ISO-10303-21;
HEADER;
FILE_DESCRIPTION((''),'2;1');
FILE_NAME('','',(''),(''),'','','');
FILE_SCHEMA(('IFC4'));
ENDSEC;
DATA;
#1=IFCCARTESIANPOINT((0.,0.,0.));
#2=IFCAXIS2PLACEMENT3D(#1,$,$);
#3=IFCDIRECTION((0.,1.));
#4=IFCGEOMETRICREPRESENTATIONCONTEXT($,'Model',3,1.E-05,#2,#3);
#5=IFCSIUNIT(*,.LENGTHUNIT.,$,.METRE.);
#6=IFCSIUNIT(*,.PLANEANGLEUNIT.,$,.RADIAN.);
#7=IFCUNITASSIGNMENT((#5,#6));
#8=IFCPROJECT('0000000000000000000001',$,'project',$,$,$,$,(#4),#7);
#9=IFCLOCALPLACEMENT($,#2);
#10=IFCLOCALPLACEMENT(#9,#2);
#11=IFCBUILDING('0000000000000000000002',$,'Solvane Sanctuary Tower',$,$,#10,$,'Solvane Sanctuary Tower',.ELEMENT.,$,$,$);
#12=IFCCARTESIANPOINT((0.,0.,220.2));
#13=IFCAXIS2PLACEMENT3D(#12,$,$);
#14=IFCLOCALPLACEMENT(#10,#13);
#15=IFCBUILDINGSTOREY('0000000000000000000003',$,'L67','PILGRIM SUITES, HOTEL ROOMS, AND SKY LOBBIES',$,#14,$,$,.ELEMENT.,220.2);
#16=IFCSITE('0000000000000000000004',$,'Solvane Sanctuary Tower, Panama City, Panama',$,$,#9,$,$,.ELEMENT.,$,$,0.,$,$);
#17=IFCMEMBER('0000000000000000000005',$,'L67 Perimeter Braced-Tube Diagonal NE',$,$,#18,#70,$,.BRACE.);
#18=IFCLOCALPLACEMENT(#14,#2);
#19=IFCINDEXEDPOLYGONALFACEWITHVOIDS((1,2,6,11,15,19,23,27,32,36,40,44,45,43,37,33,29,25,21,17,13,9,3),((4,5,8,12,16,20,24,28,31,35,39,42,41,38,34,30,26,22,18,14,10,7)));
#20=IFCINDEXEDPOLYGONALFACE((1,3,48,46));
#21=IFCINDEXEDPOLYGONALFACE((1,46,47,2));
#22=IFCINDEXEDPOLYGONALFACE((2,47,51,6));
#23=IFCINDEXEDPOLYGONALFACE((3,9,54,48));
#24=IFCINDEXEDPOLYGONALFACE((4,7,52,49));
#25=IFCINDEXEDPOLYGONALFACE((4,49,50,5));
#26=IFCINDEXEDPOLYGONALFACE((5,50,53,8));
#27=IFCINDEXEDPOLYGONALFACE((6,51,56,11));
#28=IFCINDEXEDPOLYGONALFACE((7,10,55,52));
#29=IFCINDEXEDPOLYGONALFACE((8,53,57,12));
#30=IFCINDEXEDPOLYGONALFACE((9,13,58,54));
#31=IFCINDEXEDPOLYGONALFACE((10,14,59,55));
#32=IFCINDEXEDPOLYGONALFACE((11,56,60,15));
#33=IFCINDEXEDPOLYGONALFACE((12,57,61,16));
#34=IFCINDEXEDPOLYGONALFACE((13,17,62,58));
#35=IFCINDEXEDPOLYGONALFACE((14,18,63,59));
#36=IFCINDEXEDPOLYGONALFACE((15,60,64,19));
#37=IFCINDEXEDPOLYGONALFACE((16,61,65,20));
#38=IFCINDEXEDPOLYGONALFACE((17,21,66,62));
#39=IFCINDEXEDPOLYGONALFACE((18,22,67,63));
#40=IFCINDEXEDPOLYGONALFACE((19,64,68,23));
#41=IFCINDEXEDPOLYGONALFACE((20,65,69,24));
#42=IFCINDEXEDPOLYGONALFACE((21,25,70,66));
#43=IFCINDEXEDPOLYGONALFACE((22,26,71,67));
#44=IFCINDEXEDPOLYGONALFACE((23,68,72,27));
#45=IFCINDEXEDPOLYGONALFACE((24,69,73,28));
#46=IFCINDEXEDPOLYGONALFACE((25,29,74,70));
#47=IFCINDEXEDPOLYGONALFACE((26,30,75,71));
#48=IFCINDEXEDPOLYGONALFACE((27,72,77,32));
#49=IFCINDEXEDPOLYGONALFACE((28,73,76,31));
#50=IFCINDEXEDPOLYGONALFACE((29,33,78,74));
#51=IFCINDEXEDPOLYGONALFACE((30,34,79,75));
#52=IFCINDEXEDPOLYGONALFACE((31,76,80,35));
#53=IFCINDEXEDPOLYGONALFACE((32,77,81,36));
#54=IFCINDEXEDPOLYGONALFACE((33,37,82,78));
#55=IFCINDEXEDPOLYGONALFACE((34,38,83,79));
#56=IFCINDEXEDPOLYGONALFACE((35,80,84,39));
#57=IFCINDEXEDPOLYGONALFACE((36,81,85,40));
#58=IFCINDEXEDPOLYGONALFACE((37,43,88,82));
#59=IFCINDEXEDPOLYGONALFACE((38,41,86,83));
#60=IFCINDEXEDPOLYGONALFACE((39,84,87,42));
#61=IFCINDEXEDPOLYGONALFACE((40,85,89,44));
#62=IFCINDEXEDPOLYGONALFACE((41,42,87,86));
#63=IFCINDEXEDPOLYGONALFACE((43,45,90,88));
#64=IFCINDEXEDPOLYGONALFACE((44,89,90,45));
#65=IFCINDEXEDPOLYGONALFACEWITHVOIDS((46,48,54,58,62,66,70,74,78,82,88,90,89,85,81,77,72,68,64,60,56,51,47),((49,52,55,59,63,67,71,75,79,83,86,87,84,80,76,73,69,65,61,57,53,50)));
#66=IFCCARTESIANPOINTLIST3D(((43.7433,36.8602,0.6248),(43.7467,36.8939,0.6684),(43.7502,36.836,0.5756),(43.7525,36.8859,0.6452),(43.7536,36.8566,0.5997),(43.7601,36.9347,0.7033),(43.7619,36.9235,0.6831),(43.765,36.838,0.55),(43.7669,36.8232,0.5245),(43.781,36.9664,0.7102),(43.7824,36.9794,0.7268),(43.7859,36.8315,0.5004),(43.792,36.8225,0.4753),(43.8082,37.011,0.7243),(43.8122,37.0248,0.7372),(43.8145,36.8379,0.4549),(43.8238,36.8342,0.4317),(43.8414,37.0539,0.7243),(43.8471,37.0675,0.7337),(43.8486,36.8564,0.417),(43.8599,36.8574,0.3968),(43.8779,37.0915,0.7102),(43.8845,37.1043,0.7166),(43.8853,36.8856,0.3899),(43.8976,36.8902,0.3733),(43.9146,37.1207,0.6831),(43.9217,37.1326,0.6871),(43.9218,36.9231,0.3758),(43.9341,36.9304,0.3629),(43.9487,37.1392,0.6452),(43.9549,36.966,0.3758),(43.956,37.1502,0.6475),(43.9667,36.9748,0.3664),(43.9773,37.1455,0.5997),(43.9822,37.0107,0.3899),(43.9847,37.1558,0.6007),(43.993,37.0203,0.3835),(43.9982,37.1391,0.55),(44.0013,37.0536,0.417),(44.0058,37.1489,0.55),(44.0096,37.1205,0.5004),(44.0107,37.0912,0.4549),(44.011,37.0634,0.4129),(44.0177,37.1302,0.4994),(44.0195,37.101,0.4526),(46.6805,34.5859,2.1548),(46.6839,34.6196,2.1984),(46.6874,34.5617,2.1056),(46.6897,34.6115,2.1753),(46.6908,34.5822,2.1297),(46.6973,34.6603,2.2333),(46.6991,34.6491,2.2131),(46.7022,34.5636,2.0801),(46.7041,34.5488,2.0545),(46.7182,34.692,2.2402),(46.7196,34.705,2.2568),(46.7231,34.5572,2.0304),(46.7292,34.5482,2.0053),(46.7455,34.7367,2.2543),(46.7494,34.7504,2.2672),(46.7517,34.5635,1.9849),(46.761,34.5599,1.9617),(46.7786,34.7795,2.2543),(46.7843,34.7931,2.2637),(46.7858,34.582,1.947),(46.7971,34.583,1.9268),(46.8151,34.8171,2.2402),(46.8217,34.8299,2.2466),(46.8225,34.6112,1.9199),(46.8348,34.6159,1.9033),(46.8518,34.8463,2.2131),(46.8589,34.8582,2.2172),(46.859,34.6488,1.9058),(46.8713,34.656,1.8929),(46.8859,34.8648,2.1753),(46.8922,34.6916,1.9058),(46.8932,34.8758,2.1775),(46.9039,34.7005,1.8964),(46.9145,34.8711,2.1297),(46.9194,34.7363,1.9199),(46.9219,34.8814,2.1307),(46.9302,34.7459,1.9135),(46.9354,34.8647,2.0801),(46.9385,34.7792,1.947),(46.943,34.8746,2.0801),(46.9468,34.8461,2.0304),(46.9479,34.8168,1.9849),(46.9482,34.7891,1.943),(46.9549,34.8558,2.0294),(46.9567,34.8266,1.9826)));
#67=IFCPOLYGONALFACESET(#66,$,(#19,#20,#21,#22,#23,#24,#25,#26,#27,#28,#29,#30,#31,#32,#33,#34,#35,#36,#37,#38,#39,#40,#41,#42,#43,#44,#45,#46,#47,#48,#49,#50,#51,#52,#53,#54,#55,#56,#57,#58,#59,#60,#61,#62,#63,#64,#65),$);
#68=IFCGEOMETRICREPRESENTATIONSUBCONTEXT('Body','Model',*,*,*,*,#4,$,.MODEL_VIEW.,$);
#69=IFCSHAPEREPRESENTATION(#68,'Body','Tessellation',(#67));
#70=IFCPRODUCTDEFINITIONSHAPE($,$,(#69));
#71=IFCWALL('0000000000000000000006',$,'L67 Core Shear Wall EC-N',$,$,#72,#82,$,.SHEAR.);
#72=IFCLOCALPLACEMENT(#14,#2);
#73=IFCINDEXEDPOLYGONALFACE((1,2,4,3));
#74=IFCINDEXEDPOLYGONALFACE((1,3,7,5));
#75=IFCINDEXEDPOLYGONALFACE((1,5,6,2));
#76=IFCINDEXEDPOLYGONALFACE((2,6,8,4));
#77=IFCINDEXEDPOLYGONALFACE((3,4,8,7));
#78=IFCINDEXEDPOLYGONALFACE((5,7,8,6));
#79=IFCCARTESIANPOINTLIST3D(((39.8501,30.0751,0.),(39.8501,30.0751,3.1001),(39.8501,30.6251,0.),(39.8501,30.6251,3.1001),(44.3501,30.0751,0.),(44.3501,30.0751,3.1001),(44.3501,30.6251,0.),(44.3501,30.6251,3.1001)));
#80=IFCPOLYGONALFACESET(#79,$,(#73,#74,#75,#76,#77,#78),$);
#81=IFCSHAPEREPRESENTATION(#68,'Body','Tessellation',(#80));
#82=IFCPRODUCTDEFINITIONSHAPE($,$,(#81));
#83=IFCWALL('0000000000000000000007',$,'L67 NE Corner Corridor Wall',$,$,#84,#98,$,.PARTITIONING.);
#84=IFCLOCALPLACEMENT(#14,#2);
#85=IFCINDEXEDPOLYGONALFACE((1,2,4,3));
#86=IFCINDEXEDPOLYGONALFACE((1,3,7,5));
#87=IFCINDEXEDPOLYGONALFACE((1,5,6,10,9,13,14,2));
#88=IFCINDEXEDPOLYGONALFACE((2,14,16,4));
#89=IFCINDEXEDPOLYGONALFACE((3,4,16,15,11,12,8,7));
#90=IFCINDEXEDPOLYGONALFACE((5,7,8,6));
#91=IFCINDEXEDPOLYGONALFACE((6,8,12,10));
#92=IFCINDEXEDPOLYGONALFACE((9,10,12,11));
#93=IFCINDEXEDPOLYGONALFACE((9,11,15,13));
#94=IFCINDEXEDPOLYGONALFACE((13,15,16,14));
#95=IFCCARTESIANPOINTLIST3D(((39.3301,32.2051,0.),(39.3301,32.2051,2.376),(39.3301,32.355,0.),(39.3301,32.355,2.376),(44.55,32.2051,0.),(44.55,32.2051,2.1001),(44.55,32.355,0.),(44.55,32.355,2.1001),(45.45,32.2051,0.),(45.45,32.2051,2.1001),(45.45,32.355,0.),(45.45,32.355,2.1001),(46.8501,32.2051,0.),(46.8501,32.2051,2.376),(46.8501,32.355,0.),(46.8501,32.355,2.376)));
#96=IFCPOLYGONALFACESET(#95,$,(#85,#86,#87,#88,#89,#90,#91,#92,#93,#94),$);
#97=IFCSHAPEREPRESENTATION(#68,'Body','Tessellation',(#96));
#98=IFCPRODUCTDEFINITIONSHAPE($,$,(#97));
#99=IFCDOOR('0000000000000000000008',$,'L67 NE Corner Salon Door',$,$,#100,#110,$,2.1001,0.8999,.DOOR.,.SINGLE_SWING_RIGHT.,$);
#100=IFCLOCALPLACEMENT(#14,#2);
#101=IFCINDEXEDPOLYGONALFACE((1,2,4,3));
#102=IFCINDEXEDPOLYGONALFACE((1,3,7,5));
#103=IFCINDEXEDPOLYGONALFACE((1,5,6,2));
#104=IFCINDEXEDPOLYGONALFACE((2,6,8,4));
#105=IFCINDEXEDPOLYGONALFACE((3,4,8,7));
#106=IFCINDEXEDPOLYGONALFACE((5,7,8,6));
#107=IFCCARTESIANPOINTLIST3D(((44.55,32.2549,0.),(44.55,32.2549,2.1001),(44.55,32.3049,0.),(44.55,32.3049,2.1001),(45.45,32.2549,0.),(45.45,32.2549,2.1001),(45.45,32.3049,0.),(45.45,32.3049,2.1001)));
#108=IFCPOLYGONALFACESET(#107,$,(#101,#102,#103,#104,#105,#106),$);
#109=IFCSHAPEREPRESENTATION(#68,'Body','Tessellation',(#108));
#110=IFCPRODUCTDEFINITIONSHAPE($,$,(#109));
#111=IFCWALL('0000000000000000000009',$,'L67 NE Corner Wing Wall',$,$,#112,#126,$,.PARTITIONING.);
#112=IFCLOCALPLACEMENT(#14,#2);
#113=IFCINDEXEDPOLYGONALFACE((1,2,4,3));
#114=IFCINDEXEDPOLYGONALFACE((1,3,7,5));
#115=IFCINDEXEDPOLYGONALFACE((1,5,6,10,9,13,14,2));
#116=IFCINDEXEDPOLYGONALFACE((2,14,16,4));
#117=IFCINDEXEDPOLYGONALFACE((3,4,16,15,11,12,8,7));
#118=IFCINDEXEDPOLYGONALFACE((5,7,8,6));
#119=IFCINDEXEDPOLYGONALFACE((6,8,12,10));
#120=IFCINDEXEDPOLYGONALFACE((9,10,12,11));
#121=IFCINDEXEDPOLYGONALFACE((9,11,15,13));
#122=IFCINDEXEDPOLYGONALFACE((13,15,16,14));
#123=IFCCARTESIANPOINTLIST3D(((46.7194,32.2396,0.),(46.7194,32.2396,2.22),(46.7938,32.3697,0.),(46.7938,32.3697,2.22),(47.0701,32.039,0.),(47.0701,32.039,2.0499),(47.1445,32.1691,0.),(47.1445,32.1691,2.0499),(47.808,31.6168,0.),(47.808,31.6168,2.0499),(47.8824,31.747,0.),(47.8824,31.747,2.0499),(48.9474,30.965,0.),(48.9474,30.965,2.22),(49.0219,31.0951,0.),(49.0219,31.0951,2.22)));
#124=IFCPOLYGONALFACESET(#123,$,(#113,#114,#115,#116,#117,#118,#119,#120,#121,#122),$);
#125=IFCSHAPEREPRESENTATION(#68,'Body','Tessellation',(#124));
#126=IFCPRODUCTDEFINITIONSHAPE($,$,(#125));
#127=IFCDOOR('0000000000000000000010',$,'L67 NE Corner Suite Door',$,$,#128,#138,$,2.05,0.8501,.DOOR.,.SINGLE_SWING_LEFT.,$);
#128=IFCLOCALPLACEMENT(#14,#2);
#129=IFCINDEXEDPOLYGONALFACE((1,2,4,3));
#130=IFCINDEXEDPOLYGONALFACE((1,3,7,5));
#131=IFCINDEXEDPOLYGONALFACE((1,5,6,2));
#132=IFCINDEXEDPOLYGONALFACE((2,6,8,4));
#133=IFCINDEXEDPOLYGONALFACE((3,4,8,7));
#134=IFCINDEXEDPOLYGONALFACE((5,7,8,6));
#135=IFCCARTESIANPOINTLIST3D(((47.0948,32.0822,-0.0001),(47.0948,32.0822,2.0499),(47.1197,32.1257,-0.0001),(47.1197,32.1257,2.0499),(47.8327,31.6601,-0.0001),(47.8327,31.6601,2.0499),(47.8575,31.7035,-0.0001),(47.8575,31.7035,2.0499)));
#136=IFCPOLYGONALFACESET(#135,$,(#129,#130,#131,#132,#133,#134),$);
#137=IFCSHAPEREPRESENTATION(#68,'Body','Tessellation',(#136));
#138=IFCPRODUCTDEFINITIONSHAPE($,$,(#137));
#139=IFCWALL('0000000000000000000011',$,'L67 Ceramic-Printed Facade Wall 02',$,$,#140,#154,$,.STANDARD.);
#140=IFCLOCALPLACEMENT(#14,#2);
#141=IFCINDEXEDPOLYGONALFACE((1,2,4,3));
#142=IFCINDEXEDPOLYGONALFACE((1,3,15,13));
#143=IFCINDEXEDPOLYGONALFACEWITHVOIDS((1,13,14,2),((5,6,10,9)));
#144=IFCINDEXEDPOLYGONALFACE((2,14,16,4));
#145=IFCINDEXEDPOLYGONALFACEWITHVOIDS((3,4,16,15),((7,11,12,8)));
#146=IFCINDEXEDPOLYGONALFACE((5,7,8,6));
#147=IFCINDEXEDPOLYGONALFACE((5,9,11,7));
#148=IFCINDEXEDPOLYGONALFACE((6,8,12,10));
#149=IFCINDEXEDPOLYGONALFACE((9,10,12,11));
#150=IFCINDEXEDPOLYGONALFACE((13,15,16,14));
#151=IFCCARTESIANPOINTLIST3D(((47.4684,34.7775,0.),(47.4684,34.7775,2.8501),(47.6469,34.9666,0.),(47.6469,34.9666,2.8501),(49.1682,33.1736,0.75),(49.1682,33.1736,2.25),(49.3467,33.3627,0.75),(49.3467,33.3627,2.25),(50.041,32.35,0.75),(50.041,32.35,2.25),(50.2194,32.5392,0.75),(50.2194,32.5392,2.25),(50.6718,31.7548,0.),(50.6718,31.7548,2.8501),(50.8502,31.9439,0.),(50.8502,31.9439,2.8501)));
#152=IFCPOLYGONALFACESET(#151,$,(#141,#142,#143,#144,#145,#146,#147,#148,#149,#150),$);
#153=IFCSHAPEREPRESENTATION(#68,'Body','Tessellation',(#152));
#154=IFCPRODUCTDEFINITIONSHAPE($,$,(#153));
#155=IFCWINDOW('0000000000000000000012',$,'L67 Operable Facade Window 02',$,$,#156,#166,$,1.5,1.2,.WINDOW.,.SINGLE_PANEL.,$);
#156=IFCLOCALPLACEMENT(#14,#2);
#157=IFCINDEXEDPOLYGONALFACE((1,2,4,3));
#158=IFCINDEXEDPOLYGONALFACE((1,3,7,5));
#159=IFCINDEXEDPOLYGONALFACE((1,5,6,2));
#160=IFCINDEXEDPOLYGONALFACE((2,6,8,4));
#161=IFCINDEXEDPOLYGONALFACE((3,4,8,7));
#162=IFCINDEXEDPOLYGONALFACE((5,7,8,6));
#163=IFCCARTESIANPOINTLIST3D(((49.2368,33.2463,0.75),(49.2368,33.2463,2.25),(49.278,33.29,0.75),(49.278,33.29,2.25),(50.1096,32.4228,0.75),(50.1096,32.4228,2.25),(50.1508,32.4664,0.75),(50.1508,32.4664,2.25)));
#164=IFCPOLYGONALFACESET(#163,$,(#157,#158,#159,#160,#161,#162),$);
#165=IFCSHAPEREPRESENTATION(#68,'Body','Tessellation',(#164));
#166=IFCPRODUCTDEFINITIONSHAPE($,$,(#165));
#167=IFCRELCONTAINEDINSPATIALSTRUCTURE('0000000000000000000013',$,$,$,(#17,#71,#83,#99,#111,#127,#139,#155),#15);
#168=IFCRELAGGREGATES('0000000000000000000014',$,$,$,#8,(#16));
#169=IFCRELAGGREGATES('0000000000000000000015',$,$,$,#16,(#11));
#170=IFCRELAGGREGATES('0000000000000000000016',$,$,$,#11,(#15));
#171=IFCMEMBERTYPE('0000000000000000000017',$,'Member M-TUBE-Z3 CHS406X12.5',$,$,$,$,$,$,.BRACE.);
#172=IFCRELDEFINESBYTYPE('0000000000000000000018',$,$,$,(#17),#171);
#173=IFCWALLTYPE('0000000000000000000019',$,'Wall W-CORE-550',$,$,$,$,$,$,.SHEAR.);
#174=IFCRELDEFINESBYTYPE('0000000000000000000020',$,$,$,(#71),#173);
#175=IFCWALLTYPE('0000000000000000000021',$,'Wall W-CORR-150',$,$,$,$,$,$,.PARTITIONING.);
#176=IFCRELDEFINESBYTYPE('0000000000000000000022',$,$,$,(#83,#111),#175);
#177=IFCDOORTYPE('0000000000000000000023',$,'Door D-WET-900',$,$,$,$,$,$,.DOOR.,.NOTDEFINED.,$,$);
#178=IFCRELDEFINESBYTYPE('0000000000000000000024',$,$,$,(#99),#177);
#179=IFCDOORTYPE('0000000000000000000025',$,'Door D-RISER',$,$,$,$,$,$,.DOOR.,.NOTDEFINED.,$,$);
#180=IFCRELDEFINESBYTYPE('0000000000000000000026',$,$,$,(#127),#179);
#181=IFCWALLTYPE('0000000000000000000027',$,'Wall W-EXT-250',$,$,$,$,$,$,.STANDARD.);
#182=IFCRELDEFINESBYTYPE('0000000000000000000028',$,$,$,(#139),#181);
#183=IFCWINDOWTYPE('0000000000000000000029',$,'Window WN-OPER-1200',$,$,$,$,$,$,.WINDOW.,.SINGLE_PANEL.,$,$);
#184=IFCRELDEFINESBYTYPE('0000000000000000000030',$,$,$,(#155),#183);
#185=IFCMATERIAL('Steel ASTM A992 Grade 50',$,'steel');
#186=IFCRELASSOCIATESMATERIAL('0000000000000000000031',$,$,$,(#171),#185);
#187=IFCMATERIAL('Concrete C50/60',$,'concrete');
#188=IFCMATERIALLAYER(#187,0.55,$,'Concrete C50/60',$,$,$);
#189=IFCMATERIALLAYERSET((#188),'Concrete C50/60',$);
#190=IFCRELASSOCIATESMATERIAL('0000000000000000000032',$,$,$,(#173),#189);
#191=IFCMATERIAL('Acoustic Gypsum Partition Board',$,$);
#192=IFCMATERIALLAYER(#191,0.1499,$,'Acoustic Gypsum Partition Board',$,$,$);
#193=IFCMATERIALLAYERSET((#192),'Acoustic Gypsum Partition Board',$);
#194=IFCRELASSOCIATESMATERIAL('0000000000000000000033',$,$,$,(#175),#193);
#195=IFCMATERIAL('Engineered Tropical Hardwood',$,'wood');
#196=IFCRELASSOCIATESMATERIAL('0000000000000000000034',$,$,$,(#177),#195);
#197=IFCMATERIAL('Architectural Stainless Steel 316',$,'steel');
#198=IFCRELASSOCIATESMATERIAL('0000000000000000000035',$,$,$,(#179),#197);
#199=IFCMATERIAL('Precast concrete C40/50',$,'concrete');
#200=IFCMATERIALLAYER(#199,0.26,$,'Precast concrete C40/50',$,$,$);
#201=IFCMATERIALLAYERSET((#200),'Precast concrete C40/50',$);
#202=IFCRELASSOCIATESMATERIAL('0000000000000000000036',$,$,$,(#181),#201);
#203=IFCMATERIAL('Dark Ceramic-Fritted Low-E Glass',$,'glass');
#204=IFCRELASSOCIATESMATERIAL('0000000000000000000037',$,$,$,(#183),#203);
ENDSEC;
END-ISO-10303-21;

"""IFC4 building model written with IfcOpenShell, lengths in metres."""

from ifc_helpers import new_model, si_unit, direction, frame, frame_2d, origin, origin_2d, place, context, subcontext, project, spatial, rectangle, hollow_circle, extrude, material, layer, layer_set, material_profile, profile_set, type_object, element, fill, save


model = new_model("IFC4")

# Units and contexts
model_context = context("Model", 3, precision=1e-05, world=origin(), true_north=direction((0.0, 1.0)))
body_context = subcontext(model_context, "Body", "Model", "MODEL_VIEW")
ifc_project = project(units=[si_unit("LENGTHUNIT", "METRE"), si_unit("PLANEANGLEUNIT", "RADIAN")], contexts=[model_context])

# Site, building, storey
site_placement = place(None, origin())
site = spatial("IfcSite", under=ifc_project, at=site_placement, Name="Solvane Sanctuary Tower, Panama City, Panama", CompositionType="ELEMENT", RefElevation=0.0)
building_placement = place(site_placement, origin())
building = spatial("IfcBuilding", under=site, at=building_placement, Name="Solvane Sanctuary Tower", LongName="Solvane Sanctuary Tower", CompositionType="ELEMENT")
storey_placement = place(building_placement, frame((0.0, 0.0, 220.2)))
storey = spatial("IfcBuildingStorey", under=building, at=storey_placement, Name="L67", Description="PILGRIM SUITES, HOTEL ROOMS, AND SKY LOBBIES", CompositionType="ELEMENT", Elevation=220.2)

# Shared definitions
ifc_material_1 = material(Name="Concrete C50/60", Category="concrete")

# Shared definitions
ifc_material_2 = material(Name="Steel ASTM A992 Grade 50", Category="steel")

# Member
ifc_material_profile_1 = material_profile(ifc_material_2, hollow_circle(Radius=0.2029, WallThickness=0.0125, at=origin_2d()), Name="CHS406X12.5")
ifc_profile_set_1 = profile_set([ifc_material_profile_1], Name="Steel ASTM A992 Grade 50")
member_type = type_object("IfcMemberType", Name="Member M-TUBE-Z3 CHS406X12.5", PredefinedType="BRACE", material=ifc_profile_set_1)
member_placement = place(storey_placement, frame((43.8816, 36.9885, 0.55), z_axis=(0.73109, -0.566107, 0.380828), x_axis=(0.612242, 0.79067, 0.0)))
element("IfcMember", 1, at=member_placement, inside=storey, type_object=member_type, Name="L67 Perimeter Braced-Tube Diagonal NE", PredefinedType="BRACE", context=body_context, shape_type="SweptSolid", body=[
    extrude(hollow_circle(Radius=0.2029, WallThickness=0.0125, at=origin_2d()), origin(), (0.0, 0.0, 1.0), 4.0176),
])

# Wall
ifc_layer_1 = layer(ifc_material_1, 0.55, Name="Concrete C50/60")
ifc_layer_set_1 = layer_set([ifc_layer_1], Name="Concrete C50/60")
wall_type_1 = type_object("IfcWallType", Name="Wall W-CORE-550", PredefinedType="SHEAR", material=ifc_layer_set_1)
wall_1_placement = place(storey_placement, frame((39.8501, 30.3501, 0.0), z_axis=(0.0, 0.0, 1.0), x_axis=(1.0, 0.0, 0.0)))
element("IfcWall", 2, at=wall_1_placement, inside=storey, type_object=wall_type_1, Name="L67 Core Shear Wall EC-N", PredefinedType="SHEAR", context=body_context, shape_type="SweptSolid", body=[
    extrude(rectangle(XDim=4.5, YDim=0.55, at=frame_2d((2.25, 0.0))), origin(), (0.0, 0.0, 1.0), 3.1001),
])

# Walls, openings, doors
ifc_material_3 = material(Name="Acoustic Gypsum Partition Board")
ifc_layer_2 = layer(ifc_material_3, 0.1499, Name="Acoustic Gypsum Partition Board")
ifc_layer_set_2 = layer_set([ifc_layer_2], Name="Acoustic Gypsum Partition Board")
wall_type_2 = type_object("IfcWallType", Name="Wall W-CORR-150", PredefinedType="PARTITIONING", material=ifc_layer_set_2)
wall_2_placement = place(storey_placement, frame((39.3301, 32.28, 0.0), z_axis=(0.0, 0.0, 1.0), x_axis=(1.0, 0.0, 0.0)))
wall_2 = element("IfcWall", 3, at=wall_2_placement, inside=storey, type_object=wall_type_2, Name="L67 NE Corner Corridor Wall", PredefinedType="PARTITIONING", context=body_context, shape_type="SweptSolid", body=[
    extrude(rectangle(XDim=7.52, YDim=0.1499, at=frame_2d((3.76, 0.0))), origin(), (0.0, 0.0, 1.0), 2.376),
])
opening_1_placement = place(wall_2_placement, frame((5.22, 0.0, 0.0)))
opening_1 = element("IfcOpeningElement", 4, at=opening_1_placement, cuts=wall_2, PredefinedType="OPENING", context=body_context, shape_type="SweptSolid", body=[
    extrude(rectangle(XDim=0.8999, YDim=2.1001, at=frame_2d((0.45, 1.05))), frame((0.0, 0.085, 0.0), z_axis=(0.0, -1.0, 0.0), x_axis=(1.0, 0.0, 0.0)), (0.0, 0.0, 1.0), 0.1699),
])
ifc_material_4 = material(Name="Engineered Tropical Hardwood", Category="wood")
door_type_1 = type_object("IfcDoorType", Name="Door D-WET-900", OperationType="NOTDEFINED", PredefinedType="DOOR", material=ifc_material_4)
door_1_placement = place(opening_1_placement, origin())
door_1 = element("IfcDoor", 5, at=door_1_placement, inside=storey, type_object=door_type_1, Name="L67 NE Corner Salon Door", OperationType="SINGLE_SWING_RIGHT", OverallHeight=2.1001, OverallWidth=0.8999, PredefinedType="DOOR", context=body_context, shape_type="SweptSolid", body=[
    extrude(rectangle(XDim=0.8999, YDim=2.1001, at=frame_2d((0.45, 1.05))), frame((0.0, 0.0249, 0.0), z_axis=(0.0, -1.0, 0.0), x_axis=(1.0, 0.0, 0.0)), (0.0, 0.0, 1.0), 0.05),
])
fill(opening_1, door_1)
wall_3_placement = place(storey_placement, frame((46.7566, 32.3047, 0.0), z_axis=(0.0, 0.0, 1.0), x_axis=(0.867991, -0.496579, 0.0)))
wall_3 = element("IfcWall", 6, at=wall_3_placement, inside=storey, type_object=wall_type_2, Name="L67 NE Corner Wing Wall", PredefinedType="PARTITIONING", context=body_context, shape_type="SweptSolid", body=[
    extrude(rectangle(XDim=2.5669, YDim=0.1499, at=frame_2d((1.2834, 0.0))), origin(), (0.0, 0.0, 1.0), 2.22),
])
opening_2_placement = place(wall_3_placement, frame((0.4041, 0.0, 0.0)))
opening_2 = element("IfcOpeningElement", 7, at=opening_2_placement, cuts=wall_3, PredefinedType="OPENING", context=body_context, shape_type="SweptSolid", body=[
    extrude(rectangle(XDim=0.8501, YDim=2.05, at=frame_2d((0.425, 1.0249))), frame((0.0, 0.085, 0.0), z_axis=(0.0, -1.0, 0.0), x_axis=(1.0, 0.0, 0.0)), (0.0, 0.0, 1.0), 0.1699),
])
ifc_material_5 = material(Name="Architectural Stainless Steel 316", Category="steel")
door_type_2 = type_object("IfcDoorType", Name="Door D-RISER", OperationType="NOTDEFINED", PredefinedType="DOOR", material=ifc_material_5)
door_2_placement = place(opening_2_placement, origin())
door_2 = element("IfcDoor", 8, at=door_2_placement, inside=storey, type_object=door_type_2, Name="L67 NE Corner Suite Door", OperationType="SINGLE_SWING_LEFT", OverallHeight=2.05, OverallWidth=0.8501, PredefinedType="DOOR", context=body_context, shape_type="SweptSolid", body=[
    extrude(rectangle(XDim=0.8501, YDim=2.05, at=frame_2d((0.425, 1.0249))), frame((0.0, 0.0249, 0.0), z_axis=(0.0, -1.0, 0.0), x_axis=(1.0, 0.0, 0.0)), (0.0, 0.0, 1.0), 0.05),
])
fill(opening_2, door_2)

# Wall, opening, window
ifc_material_6 = material(Name="Precast concrete C40/50", Category="concrete")
ifc_layer_3 = layer(ifc_material_6, 0.26, Name="Precast concrete C40/50")
ifc_layer_set_3 = layer_set([ifc_layer_3], Name="Precast concrete C40/50")
wall_type_3 = type_object("IfcWallType", Name="Wall W-EXT-250", PredefinedType="STANDARD", material=ifc_layer_set_3)
wall_4_placement = place(storey_placement, frame((50.761, 31.8494, 0.0), z_axis=(0.0, 0.0, 1.0), x_axis=(-0.727319, 0.6863, 0.0)))
wall_4 = element("IfcWall", 9, at=wall_4_placement, inside=storey, type_object=wall_type_3, Name="L67 Ceramic-Printed Facade Wall 02", PredefinedType="STANDARD", context=body_context, shape_type="SweptSolid", body=[
    extrude(rectangle(XDim=4.4043, YDim=0.26, at=frame_2d((2.2021, 0.0))), origin(), (0.0, 0.0, 1.0), 2.8501),
])
opening_3_placement = place(wall_4_placement, frame((0.8672, 0.0, 0.75)))
opening_3 = element("IfcOpeningElement", 10, at=opening_3_placement, cuts=wall_4, PredefinedType="OPENING", context=body_context, shape_type="SweptSolid", body=[
    extrude(rectangle(XDim=1.2, YDim=1.5, at=frame_2d((0.6001, 0.75))), frame((0.0, 0.1399, 0.0), z_axis=(0.0, -1.0, 0.0), x_axis=(1.0, 0.0, 0.0)), (0.0, 0.0, 1.0), 0.28),
])
ifc_material_7 = material(Name="Dark Ceramic-Fritted Low-E Glass", Category="glass")
window_type_1 = type_object("IfcWindowType", Name="Window WN-OPER-1200", PartitioningType="SINGLE_PANEL", PredefinedType="WINDOW", material=ifc_material_7)
window_1_placement = place(opening_3_placement, origin())
window_1 = element("IfcWindow", 11, at=window_1_placement, inside=storey, type_object=window_type_1, Name="L67 Operable Facade Window 02", OverallHeight=1.5, OverallWidth=1.2, PartitioningType="SINGLE_PANEL", PredefinedType="WINDOW", context=body_context, shape_type="SweptSolid", body=[
    extrude(rectangle(XDim=1.2, YDim=1.5, at=frame_2d((0.6001, 0.75))), frame((0.0, 0.03, 0.0), z_axis=(0.0, -1.0, 0.0), x_axis=(1.0, 0.0, 0.0)), (0.0, 0.0, 1.0), 0.0601),
])
fill(opening_3, window_1)

save(model, "model.ifc")
